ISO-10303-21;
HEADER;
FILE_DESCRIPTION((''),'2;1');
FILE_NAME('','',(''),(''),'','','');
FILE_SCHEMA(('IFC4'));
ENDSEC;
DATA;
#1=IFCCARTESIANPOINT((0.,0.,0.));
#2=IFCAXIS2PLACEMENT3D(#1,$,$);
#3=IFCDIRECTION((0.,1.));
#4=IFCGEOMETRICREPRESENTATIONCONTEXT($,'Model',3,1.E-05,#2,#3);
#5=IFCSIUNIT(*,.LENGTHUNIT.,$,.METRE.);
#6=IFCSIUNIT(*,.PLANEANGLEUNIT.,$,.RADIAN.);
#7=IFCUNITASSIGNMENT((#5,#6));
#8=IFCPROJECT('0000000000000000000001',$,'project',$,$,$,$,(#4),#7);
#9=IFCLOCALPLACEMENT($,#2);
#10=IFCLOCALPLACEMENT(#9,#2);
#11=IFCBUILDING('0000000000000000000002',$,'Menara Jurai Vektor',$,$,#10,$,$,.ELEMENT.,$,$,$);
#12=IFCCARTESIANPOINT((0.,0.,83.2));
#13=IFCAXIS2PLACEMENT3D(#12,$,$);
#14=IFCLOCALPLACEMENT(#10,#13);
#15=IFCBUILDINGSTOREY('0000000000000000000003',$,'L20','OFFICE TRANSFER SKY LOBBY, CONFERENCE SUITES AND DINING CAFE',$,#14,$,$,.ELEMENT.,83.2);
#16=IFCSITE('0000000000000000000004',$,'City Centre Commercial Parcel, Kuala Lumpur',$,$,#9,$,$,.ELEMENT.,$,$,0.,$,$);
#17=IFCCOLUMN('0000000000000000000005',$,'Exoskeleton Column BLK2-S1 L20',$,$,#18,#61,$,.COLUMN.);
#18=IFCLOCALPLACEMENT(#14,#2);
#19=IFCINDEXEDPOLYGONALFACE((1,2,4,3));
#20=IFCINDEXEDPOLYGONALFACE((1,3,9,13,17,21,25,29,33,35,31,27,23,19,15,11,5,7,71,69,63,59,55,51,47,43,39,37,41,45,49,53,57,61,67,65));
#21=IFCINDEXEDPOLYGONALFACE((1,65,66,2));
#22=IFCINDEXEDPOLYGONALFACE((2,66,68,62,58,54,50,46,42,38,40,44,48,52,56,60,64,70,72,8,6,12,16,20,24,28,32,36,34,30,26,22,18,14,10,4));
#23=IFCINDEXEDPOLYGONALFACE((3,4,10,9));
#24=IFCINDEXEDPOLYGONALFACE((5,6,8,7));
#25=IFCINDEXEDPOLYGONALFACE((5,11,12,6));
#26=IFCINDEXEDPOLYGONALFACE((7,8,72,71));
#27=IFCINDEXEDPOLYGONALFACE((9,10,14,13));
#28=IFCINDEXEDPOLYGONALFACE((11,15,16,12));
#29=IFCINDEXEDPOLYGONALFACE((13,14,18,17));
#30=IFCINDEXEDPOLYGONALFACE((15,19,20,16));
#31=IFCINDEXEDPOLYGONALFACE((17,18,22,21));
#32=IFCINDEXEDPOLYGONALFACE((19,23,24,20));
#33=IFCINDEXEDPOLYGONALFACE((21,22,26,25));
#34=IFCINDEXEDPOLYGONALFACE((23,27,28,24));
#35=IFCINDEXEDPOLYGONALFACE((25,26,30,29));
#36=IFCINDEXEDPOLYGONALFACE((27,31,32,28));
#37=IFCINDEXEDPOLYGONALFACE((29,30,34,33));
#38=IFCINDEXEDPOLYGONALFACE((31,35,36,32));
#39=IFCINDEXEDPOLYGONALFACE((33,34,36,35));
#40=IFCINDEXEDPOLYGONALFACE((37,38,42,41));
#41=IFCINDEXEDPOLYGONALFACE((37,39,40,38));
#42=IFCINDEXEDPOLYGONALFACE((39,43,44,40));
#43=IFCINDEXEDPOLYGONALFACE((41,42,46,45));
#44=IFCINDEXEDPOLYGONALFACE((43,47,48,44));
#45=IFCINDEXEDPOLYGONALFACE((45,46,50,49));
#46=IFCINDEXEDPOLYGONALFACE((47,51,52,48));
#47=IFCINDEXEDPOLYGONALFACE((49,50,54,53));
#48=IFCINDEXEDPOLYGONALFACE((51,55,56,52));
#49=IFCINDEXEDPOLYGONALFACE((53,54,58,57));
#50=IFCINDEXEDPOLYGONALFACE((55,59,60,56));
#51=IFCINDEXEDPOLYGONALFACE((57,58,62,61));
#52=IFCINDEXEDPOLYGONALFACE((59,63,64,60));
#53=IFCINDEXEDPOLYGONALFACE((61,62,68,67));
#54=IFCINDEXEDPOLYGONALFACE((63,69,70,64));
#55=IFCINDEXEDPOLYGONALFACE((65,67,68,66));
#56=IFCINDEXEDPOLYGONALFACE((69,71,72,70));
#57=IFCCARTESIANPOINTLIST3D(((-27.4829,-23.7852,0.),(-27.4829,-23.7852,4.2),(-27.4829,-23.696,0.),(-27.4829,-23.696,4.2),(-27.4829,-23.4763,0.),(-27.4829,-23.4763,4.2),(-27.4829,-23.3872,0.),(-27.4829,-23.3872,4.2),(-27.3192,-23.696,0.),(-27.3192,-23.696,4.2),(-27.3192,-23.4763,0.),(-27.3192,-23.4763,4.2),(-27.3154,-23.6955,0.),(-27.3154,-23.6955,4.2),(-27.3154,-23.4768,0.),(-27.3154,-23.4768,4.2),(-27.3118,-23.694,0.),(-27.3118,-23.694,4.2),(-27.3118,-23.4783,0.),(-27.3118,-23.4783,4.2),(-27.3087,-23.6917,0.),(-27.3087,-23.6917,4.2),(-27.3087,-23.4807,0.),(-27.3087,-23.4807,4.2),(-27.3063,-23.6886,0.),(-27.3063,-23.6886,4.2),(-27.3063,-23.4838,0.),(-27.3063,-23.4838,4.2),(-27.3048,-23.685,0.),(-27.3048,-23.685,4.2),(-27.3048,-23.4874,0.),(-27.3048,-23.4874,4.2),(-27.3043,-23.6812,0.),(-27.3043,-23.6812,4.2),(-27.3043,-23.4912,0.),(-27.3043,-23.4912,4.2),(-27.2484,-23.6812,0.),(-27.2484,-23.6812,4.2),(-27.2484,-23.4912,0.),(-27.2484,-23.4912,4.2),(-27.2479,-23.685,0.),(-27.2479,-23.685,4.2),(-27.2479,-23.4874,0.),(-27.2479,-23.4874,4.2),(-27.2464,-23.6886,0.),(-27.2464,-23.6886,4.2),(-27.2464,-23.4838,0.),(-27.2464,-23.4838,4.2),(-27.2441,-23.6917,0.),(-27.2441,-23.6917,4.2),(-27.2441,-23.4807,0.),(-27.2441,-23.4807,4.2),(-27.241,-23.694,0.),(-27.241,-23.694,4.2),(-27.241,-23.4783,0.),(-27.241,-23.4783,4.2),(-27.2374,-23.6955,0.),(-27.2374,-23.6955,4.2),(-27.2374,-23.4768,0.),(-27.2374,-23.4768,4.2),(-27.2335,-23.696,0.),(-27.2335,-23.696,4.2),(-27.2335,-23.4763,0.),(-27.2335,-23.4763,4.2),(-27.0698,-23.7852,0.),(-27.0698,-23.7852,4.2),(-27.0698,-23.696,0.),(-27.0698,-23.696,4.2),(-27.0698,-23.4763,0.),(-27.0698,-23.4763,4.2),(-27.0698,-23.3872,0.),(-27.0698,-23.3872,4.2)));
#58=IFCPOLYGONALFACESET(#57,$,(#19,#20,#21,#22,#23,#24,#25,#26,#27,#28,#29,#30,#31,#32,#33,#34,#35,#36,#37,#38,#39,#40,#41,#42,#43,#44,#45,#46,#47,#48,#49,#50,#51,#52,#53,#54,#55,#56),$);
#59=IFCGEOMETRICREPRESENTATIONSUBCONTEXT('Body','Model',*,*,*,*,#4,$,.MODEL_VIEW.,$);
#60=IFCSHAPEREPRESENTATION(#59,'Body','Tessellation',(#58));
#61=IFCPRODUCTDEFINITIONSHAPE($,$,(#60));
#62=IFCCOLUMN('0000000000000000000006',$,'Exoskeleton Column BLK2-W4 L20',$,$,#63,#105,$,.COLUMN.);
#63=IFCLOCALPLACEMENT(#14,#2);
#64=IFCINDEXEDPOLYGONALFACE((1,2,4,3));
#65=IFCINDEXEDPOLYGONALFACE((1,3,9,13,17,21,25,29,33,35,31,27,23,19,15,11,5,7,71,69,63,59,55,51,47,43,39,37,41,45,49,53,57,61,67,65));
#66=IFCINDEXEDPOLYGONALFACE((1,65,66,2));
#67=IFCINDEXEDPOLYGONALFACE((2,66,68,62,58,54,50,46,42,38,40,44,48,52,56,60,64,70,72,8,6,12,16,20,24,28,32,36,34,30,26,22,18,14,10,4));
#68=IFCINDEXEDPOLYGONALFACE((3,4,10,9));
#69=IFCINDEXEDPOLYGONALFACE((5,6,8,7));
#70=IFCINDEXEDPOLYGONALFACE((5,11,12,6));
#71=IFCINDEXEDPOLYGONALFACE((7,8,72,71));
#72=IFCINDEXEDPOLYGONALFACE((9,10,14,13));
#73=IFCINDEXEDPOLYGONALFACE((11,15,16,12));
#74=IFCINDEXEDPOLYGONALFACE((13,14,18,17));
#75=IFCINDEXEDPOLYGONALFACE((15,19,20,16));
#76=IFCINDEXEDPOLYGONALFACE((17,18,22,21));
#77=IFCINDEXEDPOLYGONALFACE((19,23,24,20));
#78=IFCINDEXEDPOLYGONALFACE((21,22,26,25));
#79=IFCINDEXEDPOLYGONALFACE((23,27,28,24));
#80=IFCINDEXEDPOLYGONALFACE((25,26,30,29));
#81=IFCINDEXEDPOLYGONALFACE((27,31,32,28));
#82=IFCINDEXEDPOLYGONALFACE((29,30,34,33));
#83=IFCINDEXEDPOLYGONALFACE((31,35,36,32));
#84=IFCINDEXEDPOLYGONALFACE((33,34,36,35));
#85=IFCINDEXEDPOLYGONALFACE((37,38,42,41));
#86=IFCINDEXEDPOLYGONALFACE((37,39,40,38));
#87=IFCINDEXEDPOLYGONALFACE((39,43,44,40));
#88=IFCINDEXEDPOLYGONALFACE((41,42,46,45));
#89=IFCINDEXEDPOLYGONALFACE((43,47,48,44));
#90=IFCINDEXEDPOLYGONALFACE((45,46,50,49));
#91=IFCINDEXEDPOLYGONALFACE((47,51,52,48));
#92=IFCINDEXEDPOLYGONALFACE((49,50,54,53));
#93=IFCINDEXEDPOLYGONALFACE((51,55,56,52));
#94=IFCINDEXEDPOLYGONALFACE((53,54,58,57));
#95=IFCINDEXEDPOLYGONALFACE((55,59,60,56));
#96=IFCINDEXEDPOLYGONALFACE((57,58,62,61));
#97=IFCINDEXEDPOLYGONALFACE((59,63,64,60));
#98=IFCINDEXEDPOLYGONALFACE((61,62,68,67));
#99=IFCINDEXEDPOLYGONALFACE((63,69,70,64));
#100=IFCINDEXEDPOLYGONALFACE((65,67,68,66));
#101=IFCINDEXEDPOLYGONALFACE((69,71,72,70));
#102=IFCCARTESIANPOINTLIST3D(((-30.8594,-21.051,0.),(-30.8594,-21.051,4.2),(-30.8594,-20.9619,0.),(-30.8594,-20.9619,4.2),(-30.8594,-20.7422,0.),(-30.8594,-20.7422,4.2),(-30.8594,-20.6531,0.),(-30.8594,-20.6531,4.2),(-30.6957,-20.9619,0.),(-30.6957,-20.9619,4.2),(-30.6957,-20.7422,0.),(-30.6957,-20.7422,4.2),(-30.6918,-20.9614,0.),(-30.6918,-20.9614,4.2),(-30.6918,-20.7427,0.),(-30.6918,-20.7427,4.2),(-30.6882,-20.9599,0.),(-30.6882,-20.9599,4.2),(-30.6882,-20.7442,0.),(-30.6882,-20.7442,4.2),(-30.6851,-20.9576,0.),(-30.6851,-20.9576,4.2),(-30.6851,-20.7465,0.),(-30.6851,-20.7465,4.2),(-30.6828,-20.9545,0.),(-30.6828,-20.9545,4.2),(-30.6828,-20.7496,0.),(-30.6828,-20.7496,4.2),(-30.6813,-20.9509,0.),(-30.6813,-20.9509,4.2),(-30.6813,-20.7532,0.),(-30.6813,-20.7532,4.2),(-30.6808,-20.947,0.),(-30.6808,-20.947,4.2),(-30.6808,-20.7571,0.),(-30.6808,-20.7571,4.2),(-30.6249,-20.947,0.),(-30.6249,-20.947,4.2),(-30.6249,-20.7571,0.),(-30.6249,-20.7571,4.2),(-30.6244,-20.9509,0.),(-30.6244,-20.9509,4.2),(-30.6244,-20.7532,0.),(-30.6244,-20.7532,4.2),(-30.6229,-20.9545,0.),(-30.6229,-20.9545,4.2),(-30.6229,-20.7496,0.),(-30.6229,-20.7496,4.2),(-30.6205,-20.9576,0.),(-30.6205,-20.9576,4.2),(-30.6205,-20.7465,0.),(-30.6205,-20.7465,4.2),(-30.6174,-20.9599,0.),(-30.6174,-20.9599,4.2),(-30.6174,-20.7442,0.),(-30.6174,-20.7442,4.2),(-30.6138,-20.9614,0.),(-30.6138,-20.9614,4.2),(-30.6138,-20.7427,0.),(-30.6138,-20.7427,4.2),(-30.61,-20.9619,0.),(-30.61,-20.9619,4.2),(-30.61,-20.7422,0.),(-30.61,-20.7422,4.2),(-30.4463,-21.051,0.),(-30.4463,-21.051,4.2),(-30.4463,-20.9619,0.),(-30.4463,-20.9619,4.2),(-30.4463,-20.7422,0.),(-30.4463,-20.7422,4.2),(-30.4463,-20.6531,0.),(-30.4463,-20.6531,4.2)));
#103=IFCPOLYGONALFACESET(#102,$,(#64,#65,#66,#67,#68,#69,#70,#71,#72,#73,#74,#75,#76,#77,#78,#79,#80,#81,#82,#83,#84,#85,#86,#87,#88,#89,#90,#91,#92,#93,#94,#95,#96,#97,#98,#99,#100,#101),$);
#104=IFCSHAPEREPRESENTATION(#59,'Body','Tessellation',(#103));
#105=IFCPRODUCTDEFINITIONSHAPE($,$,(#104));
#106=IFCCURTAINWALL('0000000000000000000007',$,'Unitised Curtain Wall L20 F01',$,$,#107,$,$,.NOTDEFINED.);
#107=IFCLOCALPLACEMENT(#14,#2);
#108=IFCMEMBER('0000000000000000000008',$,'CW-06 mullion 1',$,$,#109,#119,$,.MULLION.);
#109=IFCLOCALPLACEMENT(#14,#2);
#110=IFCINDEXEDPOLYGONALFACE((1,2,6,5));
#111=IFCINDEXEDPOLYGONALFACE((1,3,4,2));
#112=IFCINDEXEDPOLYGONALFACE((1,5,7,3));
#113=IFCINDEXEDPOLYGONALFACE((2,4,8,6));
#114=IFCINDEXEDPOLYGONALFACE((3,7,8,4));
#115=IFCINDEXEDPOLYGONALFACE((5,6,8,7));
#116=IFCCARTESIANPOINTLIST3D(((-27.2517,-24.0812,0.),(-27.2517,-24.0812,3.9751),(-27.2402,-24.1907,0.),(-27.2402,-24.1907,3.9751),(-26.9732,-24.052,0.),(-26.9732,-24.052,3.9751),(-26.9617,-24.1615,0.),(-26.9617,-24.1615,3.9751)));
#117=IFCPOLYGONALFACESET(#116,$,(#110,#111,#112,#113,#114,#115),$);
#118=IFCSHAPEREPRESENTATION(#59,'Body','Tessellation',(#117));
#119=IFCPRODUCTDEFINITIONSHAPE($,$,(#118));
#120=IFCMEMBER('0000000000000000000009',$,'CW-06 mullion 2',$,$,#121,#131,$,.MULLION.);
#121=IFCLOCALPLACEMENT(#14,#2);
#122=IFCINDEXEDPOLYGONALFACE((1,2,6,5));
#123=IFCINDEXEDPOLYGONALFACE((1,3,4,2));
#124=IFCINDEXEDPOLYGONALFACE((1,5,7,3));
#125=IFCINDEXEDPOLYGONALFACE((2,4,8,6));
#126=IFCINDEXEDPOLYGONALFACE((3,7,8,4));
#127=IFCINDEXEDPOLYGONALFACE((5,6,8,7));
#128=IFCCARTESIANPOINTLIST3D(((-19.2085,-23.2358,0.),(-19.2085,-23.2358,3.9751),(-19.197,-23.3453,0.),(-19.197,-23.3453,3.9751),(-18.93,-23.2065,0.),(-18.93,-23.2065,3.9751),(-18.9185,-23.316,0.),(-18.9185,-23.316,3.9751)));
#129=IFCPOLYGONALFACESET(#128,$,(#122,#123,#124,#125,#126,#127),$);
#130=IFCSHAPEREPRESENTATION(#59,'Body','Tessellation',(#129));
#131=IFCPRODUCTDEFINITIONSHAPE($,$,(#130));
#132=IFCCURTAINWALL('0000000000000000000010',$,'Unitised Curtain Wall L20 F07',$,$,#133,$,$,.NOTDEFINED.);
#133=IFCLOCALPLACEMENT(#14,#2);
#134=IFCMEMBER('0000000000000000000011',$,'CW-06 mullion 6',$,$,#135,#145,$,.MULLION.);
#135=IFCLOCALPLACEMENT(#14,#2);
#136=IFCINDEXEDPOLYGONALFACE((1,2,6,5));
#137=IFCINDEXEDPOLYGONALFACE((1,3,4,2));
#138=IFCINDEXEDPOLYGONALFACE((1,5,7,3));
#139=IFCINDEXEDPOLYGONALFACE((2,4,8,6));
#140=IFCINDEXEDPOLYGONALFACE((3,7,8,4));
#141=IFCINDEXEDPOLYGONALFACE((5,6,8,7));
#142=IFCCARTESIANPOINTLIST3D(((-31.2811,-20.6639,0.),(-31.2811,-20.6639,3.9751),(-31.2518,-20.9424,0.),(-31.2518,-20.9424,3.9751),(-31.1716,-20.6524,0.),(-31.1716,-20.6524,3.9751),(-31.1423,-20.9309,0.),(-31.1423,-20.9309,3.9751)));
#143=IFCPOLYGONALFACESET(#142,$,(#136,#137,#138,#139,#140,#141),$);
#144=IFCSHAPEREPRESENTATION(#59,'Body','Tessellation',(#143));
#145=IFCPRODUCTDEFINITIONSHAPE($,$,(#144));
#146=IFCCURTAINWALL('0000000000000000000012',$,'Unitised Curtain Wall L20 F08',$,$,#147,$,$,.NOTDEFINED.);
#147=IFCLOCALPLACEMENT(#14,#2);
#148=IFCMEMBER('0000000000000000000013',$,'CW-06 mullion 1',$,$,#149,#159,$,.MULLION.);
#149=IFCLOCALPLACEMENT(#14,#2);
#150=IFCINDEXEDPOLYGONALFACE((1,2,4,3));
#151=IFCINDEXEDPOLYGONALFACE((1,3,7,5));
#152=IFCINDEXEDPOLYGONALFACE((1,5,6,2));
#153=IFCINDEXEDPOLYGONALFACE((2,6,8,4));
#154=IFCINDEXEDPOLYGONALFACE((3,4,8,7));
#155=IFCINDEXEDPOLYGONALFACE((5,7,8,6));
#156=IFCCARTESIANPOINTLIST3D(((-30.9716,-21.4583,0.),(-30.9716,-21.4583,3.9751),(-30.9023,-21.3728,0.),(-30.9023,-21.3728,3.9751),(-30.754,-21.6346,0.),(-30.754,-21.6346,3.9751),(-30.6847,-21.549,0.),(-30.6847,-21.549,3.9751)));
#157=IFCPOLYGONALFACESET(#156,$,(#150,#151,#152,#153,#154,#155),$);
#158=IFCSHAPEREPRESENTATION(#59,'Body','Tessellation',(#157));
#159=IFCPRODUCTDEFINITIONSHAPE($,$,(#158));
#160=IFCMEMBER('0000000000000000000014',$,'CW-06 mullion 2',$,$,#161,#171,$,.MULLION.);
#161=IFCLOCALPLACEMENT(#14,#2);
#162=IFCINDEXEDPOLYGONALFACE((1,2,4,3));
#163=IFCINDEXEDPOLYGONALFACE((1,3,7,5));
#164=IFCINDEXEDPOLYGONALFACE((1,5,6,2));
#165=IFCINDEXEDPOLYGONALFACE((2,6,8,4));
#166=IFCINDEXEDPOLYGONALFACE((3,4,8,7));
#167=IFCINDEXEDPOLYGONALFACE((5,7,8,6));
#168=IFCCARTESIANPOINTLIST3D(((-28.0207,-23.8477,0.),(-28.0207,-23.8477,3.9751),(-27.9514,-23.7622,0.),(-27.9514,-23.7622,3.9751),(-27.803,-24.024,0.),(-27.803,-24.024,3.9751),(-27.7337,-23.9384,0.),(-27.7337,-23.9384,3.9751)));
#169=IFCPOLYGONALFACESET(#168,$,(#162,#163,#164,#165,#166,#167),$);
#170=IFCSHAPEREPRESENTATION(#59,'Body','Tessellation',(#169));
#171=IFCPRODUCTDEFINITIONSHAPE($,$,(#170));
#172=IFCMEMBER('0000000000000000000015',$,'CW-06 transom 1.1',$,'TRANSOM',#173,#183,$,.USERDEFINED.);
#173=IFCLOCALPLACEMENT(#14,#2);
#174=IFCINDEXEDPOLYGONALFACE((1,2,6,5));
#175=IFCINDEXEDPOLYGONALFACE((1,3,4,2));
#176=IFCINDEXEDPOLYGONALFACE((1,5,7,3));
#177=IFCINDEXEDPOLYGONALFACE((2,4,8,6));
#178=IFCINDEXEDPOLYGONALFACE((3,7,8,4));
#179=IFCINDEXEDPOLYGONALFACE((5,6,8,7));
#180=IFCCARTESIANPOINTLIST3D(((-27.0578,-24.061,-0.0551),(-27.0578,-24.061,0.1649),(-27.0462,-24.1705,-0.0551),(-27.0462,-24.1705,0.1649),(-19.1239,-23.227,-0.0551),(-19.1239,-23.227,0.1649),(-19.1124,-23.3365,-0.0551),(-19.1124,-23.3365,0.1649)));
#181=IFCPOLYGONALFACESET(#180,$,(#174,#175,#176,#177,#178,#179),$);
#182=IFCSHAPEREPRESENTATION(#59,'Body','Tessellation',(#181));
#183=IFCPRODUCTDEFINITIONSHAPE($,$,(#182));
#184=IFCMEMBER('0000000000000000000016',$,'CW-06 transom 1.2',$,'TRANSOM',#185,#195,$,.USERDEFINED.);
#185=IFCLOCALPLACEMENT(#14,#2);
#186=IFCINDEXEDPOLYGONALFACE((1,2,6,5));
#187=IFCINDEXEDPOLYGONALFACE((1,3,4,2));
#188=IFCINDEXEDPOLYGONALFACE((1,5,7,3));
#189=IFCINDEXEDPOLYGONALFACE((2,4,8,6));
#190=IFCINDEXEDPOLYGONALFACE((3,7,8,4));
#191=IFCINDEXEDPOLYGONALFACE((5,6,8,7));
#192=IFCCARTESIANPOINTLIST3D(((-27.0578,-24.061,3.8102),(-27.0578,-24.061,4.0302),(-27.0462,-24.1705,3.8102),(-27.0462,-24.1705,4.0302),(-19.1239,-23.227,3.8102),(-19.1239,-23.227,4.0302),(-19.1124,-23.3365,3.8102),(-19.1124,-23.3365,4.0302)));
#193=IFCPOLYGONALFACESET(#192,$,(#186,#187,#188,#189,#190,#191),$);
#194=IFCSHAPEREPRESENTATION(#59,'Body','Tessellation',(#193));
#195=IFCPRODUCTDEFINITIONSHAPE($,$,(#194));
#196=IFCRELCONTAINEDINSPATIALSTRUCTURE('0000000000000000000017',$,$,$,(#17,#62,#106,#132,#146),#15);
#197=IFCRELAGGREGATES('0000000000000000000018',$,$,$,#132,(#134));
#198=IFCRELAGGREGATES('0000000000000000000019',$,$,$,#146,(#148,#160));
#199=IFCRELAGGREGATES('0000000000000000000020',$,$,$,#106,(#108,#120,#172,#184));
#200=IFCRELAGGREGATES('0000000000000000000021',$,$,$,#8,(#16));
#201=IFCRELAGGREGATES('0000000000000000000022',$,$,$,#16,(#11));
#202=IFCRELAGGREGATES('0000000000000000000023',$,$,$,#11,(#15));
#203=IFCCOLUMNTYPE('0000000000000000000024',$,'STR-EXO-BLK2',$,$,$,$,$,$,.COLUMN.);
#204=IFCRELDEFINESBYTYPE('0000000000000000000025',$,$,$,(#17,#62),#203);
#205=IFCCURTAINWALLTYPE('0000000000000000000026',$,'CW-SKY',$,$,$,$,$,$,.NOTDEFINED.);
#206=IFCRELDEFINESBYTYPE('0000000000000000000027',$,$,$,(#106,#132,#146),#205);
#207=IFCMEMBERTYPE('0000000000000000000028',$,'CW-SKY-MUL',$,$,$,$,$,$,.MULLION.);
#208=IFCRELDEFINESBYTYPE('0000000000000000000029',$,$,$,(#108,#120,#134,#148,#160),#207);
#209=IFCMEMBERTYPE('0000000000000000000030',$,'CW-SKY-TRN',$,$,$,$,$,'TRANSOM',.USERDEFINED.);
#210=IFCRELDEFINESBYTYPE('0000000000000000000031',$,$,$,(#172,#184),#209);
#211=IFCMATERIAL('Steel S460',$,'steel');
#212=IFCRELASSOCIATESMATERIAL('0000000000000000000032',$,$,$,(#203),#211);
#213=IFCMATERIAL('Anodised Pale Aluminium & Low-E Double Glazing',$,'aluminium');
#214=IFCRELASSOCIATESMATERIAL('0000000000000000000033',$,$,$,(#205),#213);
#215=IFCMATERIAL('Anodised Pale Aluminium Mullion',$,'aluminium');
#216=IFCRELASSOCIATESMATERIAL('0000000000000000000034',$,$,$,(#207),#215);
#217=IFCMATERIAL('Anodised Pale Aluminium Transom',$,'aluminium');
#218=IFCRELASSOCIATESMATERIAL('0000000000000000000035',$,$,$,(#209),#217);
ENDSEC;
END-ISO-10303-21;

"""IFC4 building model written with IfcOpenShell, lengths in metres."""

from ifc_helpers import new_model, si_unit, direction, frame, origin, origin_2d, place, context, subcontext, project, spatial, rectangle, i_section, extrude, material, material_profile, profile_set, type_object, element, aggregate, save


model = new_model("IFC4")

# Units and contexts
model_context = context("Model", 3, precision=1e-05, world=origin(), true_north=direction((0.0, 1.0)))
body_context = subcontext(model_context, "Body", "Model", "MODEL_VIEW")
ifc_project = project(units=[si_unit("LENGTHUNIT", "METRE"), si_unit("PLANEANGLEUNIT", "RADIAN")], contexts=[model_context])

# Site, building, storey
site_placement = place(None, origin())
site = spatial("IfcSite", under=ifc_project, at=site_placement, Name="City Centre Commercial Parcel, Kuala Lumpur", CompositionType="ELEMENT", RefElevation=0.0)
building_placement = place(site_placement, origin())
building = spatial("IfcBuilding", under=site, at=building_placement, Name="Menara Jurai Vektor", CompositionType="ELEMENT")
storey_placement = place(building_placement, frame((0.0, 0.0, 83.2)))
storey = spatial("IfcBuildingStorey", under=building, at=storey_placement, Name="L20", Description="OFFICE TRANSFER SKY LOBBY, CONFERENCE SUITES AND DINING CAFE", CompositionType="ELEMENT", Elevation=83.2)

# Columns
ifc_material_1 = material(Name="Steel S460", Category="steel")
ifc_material_profile_1 = material_profile(ifc_material_1, i_section(OverallWidth=0.4131, OverallDepth=0.3979, WebThickness=0.0559, FlangeThickness=0.0891, FilletRadius=0.0149, at=origin_2d()), Name="HD 400x744")
ifc_profile_set_1 = profile_set([ifc_material_profile_1], Name="Steel S460")
column_type = type_object("IfcColumnType", Name="STR-EXO-BLK2", PredefinedType="COLUMN", material=ifc_profile_set_1)
for number, where, z_axis, x_axis, name in (
    (1, (-27.2764, -23.5862, 0.0), (0.0, 0.0, 1.0), (1.0, 0.0, 0.0), "Exoskeleton Column BLK2-S1 L20"),
    (2, (-30.6528, -20.8521, 0.0), (0.0, 0.0, 1.0), (1.0, 0.0, 0.0), "Exoskeleton Column BLK2-W4 L20"),
):
    element("IfcColumn", number, at=place(storey_placement, frame(where, z_axis=z_axis, x_axis=x_axis)), inside=storey, type_object=column_type, Name=name, PredefinedType="COLUMN", context=body_context, shape_type="SweptSolid", body=[
        extrude(i_section(OverallWidth=0.4131, OverallDepth=0.3979, WebThickness=0.0559, FlangeThickness=0.0891, FilletRadius=0.0149, at=origin_2d()), origin(), (0.0, 0.0, 1.0), 4.2),
    ])

# Curtain wall, members
ifc_material_2 = material(Name="Anodised Pale Aluminium & Low-E Double Glazing", Category="aluminium")
curtain_wall_type = type_object("IfcCurtainWallType", Name="CW-SKY", PredefinedType="NOTDEFINED", material=ifc_material_2)
curtain_wall_1_placement = place(storey_placement, origin())
curtain_wall_1 = element("IfcCurtainWall", 3, at=curtain_wall_1_placement, inside=storey, type_object=curtain_wall_type, Name="Unitised Curtain Wall L20 F01", PredefinedType="NOTDEFINED")
ifc_material_3 = material(Name="Anodised Pale Aluminium Mullion", Category="aluminium")
ifc_material_profile_2 = material_profile(ifc_material_3, rectangle(XDim=0.1101, YDim=0.28, at=origin_2d()), Name="ALU MUL 110x280")
ifc_profile_set_2 = profile_set([ifc_material_profile_2], Name="Anodised Pale Aluminium Mullion")
member_type_1 = type_object("IfcMemberType", Name="CW-SKY-MUL", PredefinedType="MULLION", material=ifc_profile_set_2)
member_1_placement = place(storey_placement, frame((-27.1067, -24.1213, 0.0), z_axis=(0.0, 0.0, 1.0), x_axis=(-0.104529, 0.994522, 0.0)))
member_1 = element("IfcMember", 4, at=member_1_placement, type_object=member_type_1, Name="CW-06 mullion 1", PredefinedType="MULLION", context=body_context, shape_type="SweptSolid", body=[
    extrude(rectangle(XDim=0.1101, YDim=0.28, at=origin_2d()), origin(), (0.0, 0.0, 1.0), 3.9751),
])
member_2_placement = place(storey_placement, frame((-19.0635, -23.2759, 0.0), z_axis=(0.0, 0.0, 1.0), x_axis=(-0.104529, 0.994522, 0.0)))
member_2 = element("IfcMember", 5, at=member_2_placement, type_object=member_type_1, Name="CW-06 mullion 2", PredefinedType="MULLION", context=body_context, shape_type="SweptSolid", body=[
    extrude(rectangle(XDim=0.1101, YDim=0.28, at=origin_2d()), origin(), (0.0, 0.0, 1.0), 3.9751),
])

# Curtain wall, member
curtain_wall_2_placement = place(storey_placement, origin())
curtain_wall_2 = element("IfcCurtainWall", 6, at=curtain_wall_2_placement, inside=storey, type_object=curtain_wall_type, Name="Unitised Curtain Wall L20 F07", PredefinedType="NOTDEFINED")
member_3_placement = place(storey_placement, frame((-31.2117, -20.7974, 0.0), z_axis=(0.0, 0.0, 1.0), x_axis=(0.994522, 0.10453, 0.0)))
member_3 = element("IfcMember", 7, at=member_3_placement, type_object=member_type_1, Name="CW-06 mullion 6", PredefinedType="MULLION", context=body_context, shape_type="SweptSolid", body=[
    extrude(rectangle(XDim=0.1101, YDim=0.28, at=origin_2d()), origin(), (0.0, 0.0, 1.0), 3.9751),
])
aggregate(curtain_wall_2, [member_3])

# Curtain wall, members
curtain_wall_3_placement = place(storey_placement, origin())
curtain_wall_3 = element("IfcCurtainWall", 8, at=curtain_wall_3_placement, inside=storey, type_object=curtain_wall_type, Name="Unitised Curtain Wall L20 F08", PredefinedType="NOTDEFINED")
member_4_placement = place(storey_placement, frame((-30.8281, -21.5037, 0.0), z_axis=(0.0, 0.0, 1.0), x_axis=(0.629313, 0.777152, 0.0)))
member_4 = element("IfcMember", 9, at=member_4_placement, type_object=member_type_1, Name="CW-06 mullion 1", PredefinedType="MULLION", context=body_context, shape_type="SweptSolid", body=[
    extrude(rectangle(XDim=0.1101, YDim=0.28, at=origin_2d()), origin(), (0.0, 0.0, 1.0), 3.9751),
])
member_5_placement = place(storey_placement, frame((-27.8772, -23.8931, 0.0), z_axis=(0.0, 0.0, 1.0), x_axis=(0.629313, 0.777152, 0.0)))
member_5 = element("IfcMember", 10, at=member_5_placement, type_object=member_type_1, Name="CW-06 mullion 2", PredefinedType="MULLION", context=body_context, shape_type="SweptSolid", body=[
    extrude(rectangle(XDim=0.1101, YDim=0.28, at=origin_2d()), origin(), (0.0, 0.0, 1.0), 3.9751),
])

# Members
ifc_material_4 = material(Name="Anodised Pale Aluminium Transom", Category="aluminium")
ifc_material_profile_3 = material_profile(ifc_material_4, rectangle(XDim=0.1101, YDim=0.22, at=origin_2d()), Name="ALU TRN 110x220")
ifc_profile_set_3 = profile_set([ifc_material_profile_3], Name="Anodised Pale Aluminium Transom")
member_type_2 = type_object("IfcMemberType", Name="CW-SKY-TRN", ElementType="TRANSOM", PredefinedType="USERDEFINED", material=ifc_profile_set_3)
member_6_placement = place(storey_placement, frame((-27.052, -24.1157, 0.0549), z_axis=(0.994521, 0.104541, 0.0), x_axis=(-0.104541, 0.994521, 0.0)))
member_6 = element("IfcMember", 11, at=member_6_placement, type_object=member_type_2, Name="CW-06 transom 1.1", ObjectType="TRANSOM", PredefinedType="USERDEFINED", context=body_context, shape_type="SweptSolid", body=[
    extrude(rectangle(XDim=0.1101, YDim=0.22, at=origin_2d()), origin(), (0.0, 0.0, 1.0), 7.9775),
])
member_7_placement = place(storey_placement, frame((-27.052, -24.1157, 3.9202), z_axis=(0.994521, 0.104541, 0.0), x_axis=(-0.104541, 0.994521, 0.0)))
member_7 = element("IfcMember", 12, at=member_7_placement, type_object=member_type_2, Name="CW-06 transom 1.2", ObjectType="TRANSOM", PredefinedType="USERDEFINED", context=body_context, shape_type="SweptSolid", body=[
    extrude(rectangle(XDim=0.1101, YDim=0.22, at=origin_2d()), origin(), (0.0, 0.0, 1.0), 7.9775),
])

aggregate(curtain_wall_3, [member_4, member_5])
aggregate(curtain_wall_1, [member_1, member_2, member_6, member_7])

save(model, "model.ifc")
